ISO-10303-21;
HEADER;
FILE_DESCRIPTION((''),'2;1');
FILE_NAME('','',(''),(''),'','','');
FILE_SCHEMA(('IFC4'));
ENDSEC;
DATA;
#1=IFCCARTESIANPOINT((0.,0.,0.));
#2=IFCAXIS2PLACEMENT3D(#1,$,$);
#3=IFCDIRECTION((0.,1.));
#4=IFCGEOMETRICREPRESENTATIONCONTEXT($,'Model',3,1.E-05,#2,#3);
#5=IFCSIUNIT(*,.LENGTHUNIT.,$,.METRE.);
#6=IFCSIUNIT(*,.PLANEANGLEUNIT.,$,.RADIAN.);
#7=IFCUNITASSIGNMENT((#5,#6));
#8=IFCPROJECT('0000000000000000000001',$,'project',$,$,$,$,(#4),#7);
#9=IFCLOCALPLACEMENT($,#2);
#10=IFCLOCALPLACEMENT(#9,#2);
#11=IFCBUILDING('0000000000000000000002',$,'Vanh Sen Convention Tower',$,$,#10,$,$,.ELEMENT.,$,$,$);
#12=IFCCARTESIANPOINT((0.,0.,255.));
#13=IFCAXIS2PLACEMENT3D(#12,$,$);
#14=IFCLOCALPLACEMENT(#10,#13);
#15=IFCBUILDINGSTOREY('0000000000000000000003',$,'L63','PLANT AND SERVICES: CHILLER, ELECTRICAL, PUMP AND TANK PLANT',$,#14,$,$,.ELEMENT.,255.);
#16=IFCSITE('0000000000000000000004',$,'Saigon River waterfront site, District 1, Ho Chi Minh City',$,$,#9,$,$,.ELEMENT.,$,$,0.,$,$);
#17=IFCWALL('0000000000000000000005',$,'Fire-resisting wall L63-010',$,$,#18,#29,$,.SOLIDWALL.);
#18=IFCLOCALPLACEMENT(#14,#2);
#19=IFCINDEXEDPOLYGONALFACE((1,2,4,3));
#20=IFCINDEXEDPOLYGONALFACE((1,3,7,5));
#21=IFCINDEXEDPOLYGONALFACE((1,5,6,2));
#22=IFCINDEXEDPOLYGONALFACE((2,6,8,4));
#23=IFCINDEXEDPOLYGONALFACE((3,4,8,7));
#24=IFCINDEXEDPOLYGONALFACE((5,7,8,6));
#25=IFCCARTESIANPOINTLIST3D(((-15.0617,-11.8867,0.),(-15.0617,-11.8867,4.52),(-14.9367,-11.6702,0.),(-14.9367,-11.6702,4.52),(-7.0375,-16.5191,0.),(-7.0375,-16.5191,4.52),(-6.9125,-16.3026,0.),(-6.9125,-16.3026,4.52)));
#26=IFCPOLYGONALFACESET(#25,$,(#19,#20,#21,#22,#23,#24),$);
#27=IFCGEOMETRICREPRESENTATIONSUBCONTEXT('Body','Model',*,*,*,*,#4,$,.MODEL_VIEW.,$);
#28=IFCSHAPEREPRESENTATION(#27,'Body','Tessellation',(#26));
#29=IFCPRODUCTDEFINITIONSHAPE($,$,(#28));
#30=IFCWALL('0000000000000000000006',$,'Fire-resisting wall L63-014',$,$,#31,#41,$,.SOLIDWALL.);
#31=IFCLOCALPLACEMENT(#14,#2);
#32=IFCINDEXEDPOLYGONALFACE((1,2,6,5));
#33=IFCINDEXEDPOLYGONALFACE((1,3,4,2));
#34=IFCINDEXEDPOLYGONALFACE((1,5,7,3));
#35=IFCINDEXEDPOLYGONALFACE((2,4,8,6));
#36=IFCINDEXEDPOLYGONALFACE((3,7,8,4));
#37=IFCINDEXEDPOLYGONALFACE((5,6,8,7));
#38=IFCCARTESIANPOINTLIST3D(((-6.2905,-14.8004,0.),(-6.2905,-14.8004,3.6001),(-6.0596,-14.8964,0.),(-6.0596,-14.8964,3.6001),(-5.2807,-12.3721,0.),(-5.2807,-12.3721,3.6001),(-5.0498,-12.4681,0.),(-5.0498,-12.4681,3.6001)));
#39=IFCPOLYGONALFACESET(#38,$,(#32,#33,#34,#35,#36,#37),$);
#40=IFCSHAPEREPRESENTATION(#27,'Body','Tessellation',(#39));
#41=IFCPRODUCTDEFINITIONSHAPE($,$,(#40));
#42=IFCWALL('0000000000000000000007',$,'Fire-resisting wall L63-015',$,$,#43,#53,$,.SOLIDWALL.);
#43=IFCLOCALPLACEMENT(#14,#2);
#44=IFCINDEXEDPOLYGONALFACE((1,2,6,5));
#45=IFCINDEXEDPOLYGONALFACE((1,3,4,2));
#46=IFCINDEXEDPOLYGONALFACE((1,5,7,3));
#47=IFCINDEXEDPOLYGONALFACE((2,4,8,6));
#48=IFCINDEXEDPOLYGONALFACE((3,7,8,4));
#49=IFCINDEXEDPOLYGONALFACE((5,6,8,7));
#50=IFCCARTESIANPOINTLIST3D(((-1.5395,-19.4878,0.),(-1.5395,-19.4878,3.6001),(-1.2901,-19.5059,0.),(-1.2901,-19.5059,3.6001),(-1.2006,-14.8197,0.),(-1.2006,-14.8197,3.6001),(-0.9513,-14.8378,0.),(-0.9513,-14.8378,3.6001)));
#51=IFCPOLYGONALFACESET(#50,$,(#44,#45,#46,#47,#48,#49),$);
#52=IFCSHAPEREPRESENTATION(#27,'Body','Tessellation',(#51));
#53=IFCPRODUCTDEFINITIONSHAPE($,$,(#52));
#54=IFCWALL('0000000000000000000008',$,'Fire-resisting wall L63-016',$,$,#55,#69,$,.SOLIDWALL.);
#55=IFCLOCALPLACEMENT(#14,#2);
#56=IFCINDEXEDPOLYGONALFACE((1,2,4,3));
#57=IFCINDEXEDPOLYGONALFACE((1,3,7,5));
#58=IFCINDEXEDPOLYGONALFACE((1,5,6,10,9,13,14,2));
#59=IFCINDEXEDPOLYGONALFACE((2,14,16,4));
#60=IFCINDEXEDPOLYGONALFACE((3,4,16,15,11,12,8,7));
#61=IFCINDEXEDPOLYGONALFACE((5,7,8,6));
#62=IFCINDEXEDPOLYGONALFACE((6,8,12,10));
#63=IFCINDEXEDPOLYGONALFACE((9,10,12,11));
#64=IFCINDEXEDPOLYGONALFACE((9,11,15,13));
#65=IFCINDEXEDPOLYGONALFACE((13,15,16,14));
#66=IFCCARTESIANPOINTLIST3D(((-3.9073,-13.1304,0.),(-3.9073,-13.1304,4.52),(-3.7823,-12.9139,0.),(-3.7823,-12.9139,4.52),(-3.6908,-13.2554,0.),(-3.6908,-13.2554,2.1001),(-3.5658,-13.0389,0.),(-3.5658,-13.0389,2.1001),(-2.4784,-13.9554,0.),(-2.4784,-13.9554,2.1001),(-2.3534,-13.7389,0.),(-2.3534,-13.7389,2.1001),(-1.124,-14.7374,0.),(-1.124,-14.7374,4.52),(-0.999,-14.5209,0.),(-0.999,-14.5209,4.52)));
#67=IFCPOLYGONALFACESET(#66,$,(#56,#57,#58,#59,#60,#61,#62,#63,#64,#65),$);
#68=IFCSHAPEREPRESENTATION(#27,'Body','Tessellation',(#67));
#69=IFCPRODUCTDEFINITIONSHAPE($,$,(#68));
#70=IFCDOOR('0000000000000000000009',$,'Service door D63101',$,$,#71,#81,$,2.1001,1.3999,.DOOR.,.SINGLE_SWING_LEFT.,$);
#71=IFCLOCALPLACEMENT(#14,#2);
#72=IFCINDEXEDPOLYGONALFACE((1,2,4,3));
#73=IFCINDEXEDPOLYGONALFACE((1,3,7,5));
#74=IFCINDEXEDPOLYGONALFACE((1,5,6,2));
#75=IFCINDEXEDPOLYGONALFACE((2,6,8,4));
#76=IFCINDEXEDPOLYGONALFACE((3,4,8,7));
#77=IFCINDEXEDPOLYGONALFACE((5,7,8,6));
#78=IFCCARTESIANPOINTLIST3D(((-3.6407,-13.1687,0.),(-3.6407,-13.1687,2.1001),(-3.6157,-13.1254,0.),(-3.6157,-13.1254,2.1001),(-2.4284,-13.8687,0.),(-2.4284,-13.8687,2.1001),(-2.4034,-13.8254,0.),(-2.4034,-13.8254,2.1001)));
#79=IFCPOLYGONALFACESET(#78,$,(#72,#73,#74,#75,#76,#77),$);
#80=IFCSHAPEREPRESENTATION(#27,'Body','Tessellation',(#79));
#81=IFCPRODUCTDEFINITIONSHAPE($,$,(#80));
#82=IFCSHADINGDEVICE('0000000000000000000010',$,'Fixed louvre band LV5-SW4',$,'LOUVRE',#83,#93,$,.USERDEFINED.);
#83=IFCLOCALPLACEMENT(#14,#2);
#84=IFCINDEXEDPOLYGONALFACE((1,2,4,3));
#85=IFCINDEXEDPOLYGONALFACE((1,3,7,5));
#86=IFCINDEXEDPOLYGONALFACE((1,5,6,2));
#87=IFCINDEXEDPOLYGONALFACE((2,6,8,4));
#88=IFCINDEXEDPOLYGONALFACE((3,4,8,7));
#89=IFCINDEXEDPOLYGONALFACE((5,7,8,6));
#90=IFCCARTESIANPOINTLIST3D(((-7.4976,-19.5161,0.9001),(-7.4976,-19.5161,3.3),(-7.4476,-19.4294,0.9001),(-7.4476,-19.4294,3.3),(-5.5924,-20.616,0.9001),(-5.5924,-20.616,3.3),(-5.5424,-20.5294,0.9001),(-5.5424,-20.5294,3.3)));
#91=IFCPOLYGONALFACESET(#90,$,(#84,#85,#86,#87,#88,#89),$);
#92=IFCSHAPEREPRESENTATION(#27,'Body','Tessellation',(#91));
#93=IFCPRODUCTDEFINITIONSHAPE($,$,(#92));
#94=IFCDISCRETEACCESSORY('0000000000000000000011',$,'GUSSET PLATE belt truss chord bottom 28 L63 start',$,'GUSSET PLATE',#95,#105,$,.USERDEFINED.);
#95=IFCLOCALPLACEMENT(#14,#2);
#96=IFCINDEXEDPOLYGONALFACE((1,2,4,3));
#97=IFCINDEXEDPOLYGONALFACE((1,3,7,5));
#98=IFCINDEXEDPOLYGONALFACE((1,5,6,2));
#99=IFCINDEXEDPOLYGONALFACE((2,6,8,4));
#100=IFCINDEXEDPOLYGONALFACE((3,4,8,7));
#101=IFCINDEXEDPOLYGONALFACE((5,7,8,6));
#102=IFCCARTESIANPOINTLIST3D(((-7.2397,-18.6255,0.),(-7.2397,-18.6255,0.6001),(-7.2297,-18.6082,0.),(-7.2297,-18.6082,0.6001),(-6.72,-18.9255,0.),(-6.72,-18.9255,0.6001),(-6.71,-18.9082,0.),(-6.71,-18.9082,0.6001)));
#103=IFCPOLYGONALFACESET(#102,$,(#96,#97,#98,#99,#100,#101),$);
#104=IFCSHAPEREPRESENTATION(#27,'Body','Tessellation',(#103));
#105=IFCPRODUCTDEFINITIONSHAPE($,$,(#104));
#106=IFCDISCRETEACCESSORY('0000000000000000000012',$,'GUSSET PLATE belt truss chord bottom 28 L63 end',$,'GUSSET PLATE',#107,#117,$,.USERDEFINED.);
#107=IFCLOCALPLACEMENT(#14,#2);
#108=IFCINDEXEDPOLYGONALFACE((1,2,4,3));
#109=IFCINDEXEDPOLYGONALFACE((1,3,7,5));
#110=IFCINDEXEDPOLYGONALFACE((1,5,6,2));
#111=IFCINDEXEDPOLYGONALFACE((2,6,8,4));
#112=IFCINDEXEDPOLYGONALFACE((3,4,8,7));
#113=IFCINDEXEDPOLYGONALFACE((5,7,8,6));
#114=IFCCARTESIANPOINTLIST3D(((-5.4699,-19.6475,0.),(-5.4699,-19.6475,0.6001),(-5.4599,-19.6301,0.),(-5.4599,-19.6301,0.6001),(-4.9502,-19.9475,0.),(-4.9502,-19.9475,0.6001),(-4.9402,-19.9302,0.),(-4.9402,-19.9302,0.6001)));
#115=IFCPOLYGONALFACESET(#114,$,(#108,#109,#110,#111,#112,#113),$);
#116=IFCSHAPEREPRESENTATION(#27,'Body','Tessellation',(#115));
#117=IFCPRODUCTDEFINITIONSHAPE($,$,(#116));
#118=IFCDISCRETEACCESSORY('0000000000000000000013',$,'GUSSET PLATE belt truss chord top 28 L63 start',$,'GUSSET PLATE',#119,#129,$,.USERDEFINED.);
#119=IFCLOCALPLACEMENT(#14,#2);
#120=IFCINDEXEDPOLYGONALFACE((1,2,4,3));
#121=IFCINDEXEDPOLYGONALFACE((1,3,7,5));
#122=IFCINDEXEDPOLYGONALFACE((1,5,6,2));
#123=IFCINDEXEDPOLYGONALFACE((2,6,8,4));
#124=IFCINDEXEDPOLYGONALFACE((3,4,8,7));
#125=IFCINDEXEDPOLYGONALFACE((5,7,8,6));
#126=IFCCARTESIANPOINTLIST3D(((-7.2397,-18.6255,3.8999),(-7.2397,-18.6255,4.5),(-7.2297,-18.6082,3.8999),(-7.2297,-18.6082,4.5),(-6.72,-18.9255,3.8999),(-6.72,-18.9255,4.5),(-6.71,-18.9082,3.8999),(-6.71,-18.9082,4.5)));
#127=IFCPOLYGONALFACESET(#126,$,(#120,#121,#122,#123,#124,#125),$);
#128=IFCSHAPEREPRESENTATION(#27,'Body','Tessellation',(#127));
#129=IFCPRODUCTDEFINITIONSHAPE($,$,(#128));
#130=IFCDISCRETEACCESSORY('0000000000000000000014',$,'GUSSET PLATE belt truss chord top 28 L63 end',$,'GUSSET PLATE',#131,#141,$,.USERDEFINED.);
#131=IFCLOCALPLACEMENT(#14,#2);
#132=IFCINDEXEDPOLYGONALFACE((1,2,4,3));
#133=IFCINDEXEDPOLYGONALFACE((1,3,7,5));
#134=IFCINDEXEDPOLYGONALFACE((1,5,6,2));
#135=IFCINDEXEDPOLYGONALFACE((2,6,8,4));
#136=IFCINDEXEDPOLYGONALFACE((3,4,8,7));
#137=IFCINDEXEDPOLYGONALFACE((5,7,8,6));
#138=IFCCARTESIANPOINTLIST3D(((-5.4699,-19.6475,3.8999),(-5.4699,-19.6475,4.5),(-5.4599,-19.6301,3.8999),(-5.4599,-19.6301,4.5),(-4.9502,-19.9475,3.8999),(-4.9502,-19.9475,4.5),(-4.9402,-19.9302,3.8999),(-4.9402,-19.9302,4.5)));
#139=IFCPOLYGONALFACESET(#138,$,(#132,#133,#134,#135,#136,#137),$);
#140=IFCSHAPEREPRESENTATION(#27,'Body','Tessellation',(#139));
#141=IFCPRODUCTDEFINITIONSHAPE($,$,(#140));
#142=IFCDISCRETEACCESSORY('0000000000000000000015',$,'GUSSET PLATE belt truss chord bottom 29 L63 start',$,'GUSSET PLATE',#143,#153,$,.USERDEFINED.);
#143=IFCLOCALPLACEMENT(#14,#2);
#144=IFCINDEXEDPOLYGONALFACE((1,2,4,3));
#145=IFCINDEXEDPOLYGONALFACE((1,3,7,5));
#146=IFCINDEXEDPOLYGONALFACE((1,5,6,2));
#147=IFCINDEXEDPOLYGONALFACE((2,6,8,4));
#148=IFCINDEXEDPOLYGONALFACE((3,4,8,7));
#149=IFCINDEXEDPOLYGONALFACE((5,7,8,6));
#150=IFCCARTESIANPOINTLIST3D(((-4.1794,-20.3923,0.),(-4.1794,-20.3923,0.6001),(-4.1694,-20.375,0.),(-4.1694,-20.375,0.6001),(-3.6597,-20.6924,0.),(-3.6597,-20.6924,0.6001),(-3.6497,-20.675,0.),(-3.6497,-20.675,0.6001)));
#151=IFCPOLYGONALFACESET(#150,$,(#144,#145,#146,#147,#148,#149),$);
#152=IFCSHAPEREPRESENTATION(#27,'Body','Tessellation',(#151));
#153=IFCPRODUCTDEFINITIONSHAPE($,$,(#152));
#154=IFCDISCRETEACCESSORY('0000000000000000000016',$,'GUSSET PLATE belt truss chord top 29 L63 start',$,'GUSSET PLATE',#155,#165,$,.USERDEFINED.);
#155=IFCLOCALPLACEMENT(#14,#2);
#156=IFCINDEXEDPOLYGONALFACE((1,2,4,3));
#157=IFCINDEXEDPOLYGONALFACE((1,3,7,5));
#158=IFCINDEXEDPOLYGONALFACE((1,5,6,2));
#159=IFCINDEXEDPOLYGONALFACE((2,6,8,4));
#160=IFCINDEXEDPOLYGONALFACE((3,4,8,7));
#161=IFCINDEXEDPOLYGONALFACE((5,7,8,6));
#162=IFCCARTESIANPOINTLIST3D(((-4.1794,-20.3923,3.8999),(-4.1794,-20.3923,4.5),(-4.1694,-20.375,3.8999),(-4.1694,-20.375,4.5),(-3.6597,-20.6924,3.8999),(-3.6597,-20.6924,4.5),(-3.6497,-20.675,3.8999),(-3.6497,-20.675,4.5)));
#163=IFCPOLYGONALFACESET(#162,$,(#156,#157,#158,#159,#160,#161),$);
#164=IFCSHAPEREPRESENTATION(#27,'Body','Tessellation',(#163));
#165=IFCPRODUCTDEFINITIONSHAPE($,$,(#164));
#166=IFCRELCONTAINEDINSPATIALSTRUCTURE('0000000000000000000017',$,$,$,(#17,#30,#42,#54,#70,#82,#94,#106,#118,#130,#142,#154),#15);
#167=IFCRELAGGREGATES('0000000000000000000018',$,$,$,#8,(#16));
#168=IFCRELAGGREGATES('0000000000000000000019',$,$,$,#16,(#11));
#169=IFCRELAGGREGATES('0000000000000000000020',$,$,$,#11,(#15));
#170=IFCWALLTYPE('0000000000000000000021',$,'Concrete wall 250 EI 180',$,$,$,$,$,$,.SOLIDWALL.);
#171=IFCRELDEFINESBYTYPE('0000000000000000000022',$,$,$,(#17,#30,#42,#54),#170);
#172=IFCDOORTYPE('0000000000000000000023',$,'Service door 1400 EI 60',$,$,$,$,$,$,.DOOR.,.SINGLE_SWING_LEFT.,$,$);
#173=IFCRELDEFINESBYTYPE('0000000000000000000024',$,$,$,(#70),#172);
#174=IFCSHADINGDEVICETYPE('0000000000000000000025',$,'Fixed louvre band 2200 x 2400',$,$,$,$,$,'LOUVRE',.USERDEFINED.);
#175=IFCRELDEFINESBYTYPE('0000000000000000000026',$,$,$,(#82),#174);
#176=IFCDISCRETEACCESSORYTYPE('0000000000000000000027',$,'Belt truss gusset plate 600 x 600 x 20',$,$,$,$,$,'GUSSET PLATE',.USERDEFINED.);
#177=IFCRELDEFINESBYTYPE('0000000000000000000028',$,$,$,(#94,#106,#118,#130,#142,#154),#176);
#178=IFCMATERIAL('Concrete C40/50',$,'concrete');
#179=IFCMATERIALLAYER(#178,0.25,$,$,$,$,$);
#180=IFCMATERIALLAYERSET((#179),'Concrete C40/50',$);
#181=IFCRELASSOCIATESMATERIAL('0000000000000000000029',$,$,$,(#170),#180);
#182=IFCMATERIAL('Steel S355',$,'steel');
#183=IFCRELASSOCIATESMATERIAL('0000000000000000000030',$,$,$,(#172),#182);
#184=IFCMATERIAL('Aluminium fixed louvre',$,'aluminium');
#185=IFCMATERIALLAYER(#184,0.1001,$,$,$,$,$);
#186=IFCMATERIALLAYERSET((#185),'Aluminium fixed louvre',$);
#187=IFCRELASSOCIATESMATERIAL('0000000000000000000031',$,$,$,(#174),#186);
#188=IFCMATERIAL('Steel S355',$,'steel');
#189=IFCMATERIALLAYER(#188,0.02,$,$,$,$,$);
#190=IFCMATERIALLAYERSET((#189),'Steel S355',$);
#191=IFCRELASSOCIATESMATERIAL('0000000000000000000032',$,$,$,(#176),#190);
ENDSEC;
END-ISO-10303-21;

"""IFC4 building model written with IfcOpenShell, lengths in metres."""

from ifc_helpers import new_model, si_unit, direction, frame, frame_2d, origin, origin_2d, place, context, subcontext, project, spatial, rectangle, extrude, material, layer, layer_set, type_object, element, fill, save


model = new_model("IFC4")

# Units and contexts
model_context = context("Model", 3, precision=1e-05, world=origin(), true_north=direction((0.0, 1.0)))
body_context = subcontext(model_context, "Body", "Model", "MODEL_VIEW")
ifc_project = project(units=[si_unit("LENGTHUNIT", "METRE"), si_unit("PLANEANGLEUNIT", "RADIAN")], contexts=[model_context])

# Site, building, storey
site_placement = place(None, origin())
site = spatial("IfcSite", under=ifc_project, at=site_placement, Name="Saigon River waterfront site, District 1, Ho Chi Minh City", CompositionType="ELEMENT", RefElevation=0.0)
building_placement = place(site_placement, origin())
building = spatial("IfcBuilding", under=site, at=building_placement, Name="Vanh Sen Convention Tower", CompositionType="ELEMENT")
storey_placement = place(building_placement, frame((0.0, 0.0, 255.0)))
storey = spatial("IfcBuildingStorey", under=building, at=storey_placement, Name="L63", Description="PLANT AND SERVICES: CHILLER, ELECTRICAL, PUMP AND TANK PLANT", CompositionType="ELEMENT", Elevation=255.0)

# Shared definitions
ifc_material_1 = material(Name="Steel S355", Category="steel")

# Walls
ifc_material_2 = material(Name="Concrete C40/50", Category="concrete")
ifc_layer_1 = layer(ifc_material_2, 0.25)
ifc_layer_set_1 = layer_set([ifc_layer_1], Name="Concrete C40/50")
wall_type = type_object("IfcWallType", Name="Concrete wall 250 EI 180", PredefinedType="SOLIDWALL", material=ifc_layer_set_1)
wall_1_placement = place(storey_placement, frame((-6.9749, -16.4109, 0.0), z_axis=(0.0, 0.0, 1.0), x_axis=(-0.866046, 0.499965, 0.0)))
element("IfcWall", 1, at=wall_1_placement, inside=storey, type_object=wall_type, Name="Fire-resisting wall L63-010", PredefinedType="SOLIDWALL", context=body_context, shape_type="SweptSolid", body=[
    extrude(rectangle(XDim=9.2654, YDim=0.25, at=frame_2d((4.6328, 0.0))), origin(), (0.0, 0.0, 1.0), 4.52),
])
wall_2_placement = place(storey_placement, frame((-6.175, -14.8484, 0.0), z_axis=(0.0, 0.0, 1.0), x_axis=(0.383969, 0.923346, 0.0)))
element("IfcWall", 2, at=wall_2_placement, inside=storey, type_object=wall_type, Name="Fire-resisting wall L63-014", PredefinedType="SOLIDWALL", context=body_context, shape_type="SweptSolid", body=[
    extrude(rectangle(XDim=2.6299, YDim=0.25, at=frame_2d((1.3149, 0.0))), origin(), (0.0, 0.0, 1.0), 3.6001),
])
wall_3_placement = place(storey_placement, frame((-1.0759, -14.8286, 0.0), z_axis=(0.0, 0.0, 1.0), x_axis=(-0.0724, -0.997376, 0.0)))
element("IfcWall", 3, at=wall_3_placement, inside=storey, type_object=wall_type, Name="Fire-resisting wall L63-015", PredefinedType="SOLIDWALL", context=body_context, shape_type="SweptSolid", body=[
    extrude(rectangle(XDim=4.6804, YDim=0.25, at=frame_2d((2.3403, 0.0))), origin(), (0.0, 0.0, 1.0), 3.6001),
])

# Wall, opening, door
wall_4_placement = place(storey_placement, frame((-1.0615, -14.6292, 0.0), z_axis=(0.0, 0.0, 1.0), x_axis=(-0.866019, 0.500012, 0.0)))
wall_4 = element("IfcWall", 4, at=wall_4_placement, inside=storey, type_object=wall_type, Name="Fire-resisting wall L63-016", PredefinedType="SOLIDWALL", context=body_context, shape_type="SweptSolid", body=[
    extrude(rectangle(XDim=3.2139, YDim=0.25, at=frame_2d((1.6069, 0.0))), origin(), (0.0, 0.0, 1.0), 4.52),
])
opening_placement = place(wall_4_placement, frame((1.564, 0.0, 0.0)))
opening = element("IfcOpeningElement", 5, at=opening_placement, cuts=wall_4, PredefinedType="OPENING", context=body_context, shape_type="SweptSolid", body=[
    extrude(rectangle(XDim=1.3999, YDim=2.1001, at=frame_2d((0.7, 1.05))), frame((0.0, 0.135, 0.0), z_axis=(0.0, -1.0, 0.0), x_axis=(1.0, 0.0, 0.0)), (0.0, 0.0, 1.0), 0.27),
])
ifc_material_3 = material(Name="Steel S355", Category="steel")
door_type = type_object("IfcDoorType", Name="Service door 1400 EI 60", OperationType="SINGLE_SWING_LEFT", PredefinedType="DOOR", material=ifc_material_3)
door_placement = place(opening_placement, origin())
door = element("IfcDoor", 6, at=door_placement, inside=storey, type_object=door_type, Name="Service door D63101", OperationType="SINGLE_SWING_LEFT", OverallHeight=2.1001, OverallWidth=1.3999, PredefinedType="DOOR", context=body_context, shape_type="SweptSolid", body=[
    extrude(rectangle(XDim=1.3999, YDim=2.1001, at=frame_2d((0.7, 1.05))), frame((0.0, 0.0249, 0.0), z_axis=(0.0, -1.0, 0.0), x_axis=(1.0, 0.0, 0.0)), (0.0, 0.0, 1.0), 0.05),
])
fill(opening, door)

# Shading device
ifc_material_4 = material(Name="Aluminium fixed louvre", Category="aluminium")
ifc_layer_2 = layer(ifc_material_4, 0.1001)
ifc_layer_set_2 = layer_set([ifc_layer_2], Name="Aluminium fixed louvre")
shading_device_type = type_object("IfcShadingDeviceType", Name="Fixed louvre band 2200 x 2400", ElementType="LOUVRE", PredefinedType="USERDEFINED", material=ifc_layer_set_2)
shading_device_placement = place(storey_placement, frame((-6.52, -20.0227, 0.9001), z_axis=(0.0, 0.0, 1.0), x_axis=(0.866025, -0.500002, 0.0)))
element("IfcShadingDevice", 7, at=shading_device_placement, inside=storey, type_object=shading_device_type, Name="Fixed louvre band LV5-SW4", ObjectType="LOUVRE", PredefinedType="USERDEFINED", context=body_context, shape_type="SweptSolid", body=[
    extrude(rectangle(XDim=2.2, YDim=0.1001, at=origin_2d()), origin(), (0.0, 0.0, 1.0), 2.3999),
])

# Discrete accessories
ifc_layer_3 = layer(ifc_material_1, 0.02)
ifc_layer_set_3 = layer_set([ifc_layer_3], Name="Steel S355")
discrete_accessory_type = type_object("IfcDiscreteAccessoryType", Name="Belt truss gusset plate 600 x 600 x 20", ElementType="GUSSET PLATE", PredefinedType="USERDEFINED", material=ifc_layer_set_3)
for number, where, z_axis, x_axis, name in (
    (8, (-6.9749, -18.7668, 0.0), (0.0, 0.0, 1.0), (0.866026, -0.499998, 0.0), "GUSSET PLATE belt truss chord bottom 28 L63 start"),
    (9, (-5.2051, -19.7888, 0.0), (0.0, 0.0, 1.0), (-0.866026, 0.499998, 0.0), "GUSSET PLATE belt truss chord bottom 28 L63 end"),
    (10, (-6.9749, -18.7668, 3.8999), (0.0, 0.0, 1.0), (0.866026, -0.499998, 0.0), "GUSSET PLATE belt truss chord top 28 L63 start"),
    (11, (-5.2051, -19.7888, 3.8999), (0.0, 0.0, 1.0), (-0.866026, 0.499998, 0.0), "GUSSET PLATE belt truss chord top 28 L63 end"),
    (12, (-3.9146, -20.5337, 0.0), (0.0, 0.0, 1.0), (0.866033, -0.499986, 0.0), "GUSSET PLATE belt truss chord bottom 29 L63 start"),
    (13, (-3.9146, -20.5337, 3.8999), (0.0, 0.0, 1.0), (0.866033, -0.499986, 0.0), "GUSSET PLATE belt truss chord top 29 L63 start"),
):
    element("IfcDiscreteAccessory", number, at=place(storey_placement, frame(where, z_axis=z_axis, x_axis=x_axis)), inside=storey, type_object=discrete_accessory_type, Name=name, ObjectType="GUSSET PLATE", PredefinedType="USERDEFINED", context=body_context, shape_type="SweptSolid", body=[
        extrude(rectangle(XDim=0.6001, YDim=0.02, at=origin_2d()), origin(), (0.0, 0.0, 1.0), 0.6001),
    ])

save(model, "model.ifc")
